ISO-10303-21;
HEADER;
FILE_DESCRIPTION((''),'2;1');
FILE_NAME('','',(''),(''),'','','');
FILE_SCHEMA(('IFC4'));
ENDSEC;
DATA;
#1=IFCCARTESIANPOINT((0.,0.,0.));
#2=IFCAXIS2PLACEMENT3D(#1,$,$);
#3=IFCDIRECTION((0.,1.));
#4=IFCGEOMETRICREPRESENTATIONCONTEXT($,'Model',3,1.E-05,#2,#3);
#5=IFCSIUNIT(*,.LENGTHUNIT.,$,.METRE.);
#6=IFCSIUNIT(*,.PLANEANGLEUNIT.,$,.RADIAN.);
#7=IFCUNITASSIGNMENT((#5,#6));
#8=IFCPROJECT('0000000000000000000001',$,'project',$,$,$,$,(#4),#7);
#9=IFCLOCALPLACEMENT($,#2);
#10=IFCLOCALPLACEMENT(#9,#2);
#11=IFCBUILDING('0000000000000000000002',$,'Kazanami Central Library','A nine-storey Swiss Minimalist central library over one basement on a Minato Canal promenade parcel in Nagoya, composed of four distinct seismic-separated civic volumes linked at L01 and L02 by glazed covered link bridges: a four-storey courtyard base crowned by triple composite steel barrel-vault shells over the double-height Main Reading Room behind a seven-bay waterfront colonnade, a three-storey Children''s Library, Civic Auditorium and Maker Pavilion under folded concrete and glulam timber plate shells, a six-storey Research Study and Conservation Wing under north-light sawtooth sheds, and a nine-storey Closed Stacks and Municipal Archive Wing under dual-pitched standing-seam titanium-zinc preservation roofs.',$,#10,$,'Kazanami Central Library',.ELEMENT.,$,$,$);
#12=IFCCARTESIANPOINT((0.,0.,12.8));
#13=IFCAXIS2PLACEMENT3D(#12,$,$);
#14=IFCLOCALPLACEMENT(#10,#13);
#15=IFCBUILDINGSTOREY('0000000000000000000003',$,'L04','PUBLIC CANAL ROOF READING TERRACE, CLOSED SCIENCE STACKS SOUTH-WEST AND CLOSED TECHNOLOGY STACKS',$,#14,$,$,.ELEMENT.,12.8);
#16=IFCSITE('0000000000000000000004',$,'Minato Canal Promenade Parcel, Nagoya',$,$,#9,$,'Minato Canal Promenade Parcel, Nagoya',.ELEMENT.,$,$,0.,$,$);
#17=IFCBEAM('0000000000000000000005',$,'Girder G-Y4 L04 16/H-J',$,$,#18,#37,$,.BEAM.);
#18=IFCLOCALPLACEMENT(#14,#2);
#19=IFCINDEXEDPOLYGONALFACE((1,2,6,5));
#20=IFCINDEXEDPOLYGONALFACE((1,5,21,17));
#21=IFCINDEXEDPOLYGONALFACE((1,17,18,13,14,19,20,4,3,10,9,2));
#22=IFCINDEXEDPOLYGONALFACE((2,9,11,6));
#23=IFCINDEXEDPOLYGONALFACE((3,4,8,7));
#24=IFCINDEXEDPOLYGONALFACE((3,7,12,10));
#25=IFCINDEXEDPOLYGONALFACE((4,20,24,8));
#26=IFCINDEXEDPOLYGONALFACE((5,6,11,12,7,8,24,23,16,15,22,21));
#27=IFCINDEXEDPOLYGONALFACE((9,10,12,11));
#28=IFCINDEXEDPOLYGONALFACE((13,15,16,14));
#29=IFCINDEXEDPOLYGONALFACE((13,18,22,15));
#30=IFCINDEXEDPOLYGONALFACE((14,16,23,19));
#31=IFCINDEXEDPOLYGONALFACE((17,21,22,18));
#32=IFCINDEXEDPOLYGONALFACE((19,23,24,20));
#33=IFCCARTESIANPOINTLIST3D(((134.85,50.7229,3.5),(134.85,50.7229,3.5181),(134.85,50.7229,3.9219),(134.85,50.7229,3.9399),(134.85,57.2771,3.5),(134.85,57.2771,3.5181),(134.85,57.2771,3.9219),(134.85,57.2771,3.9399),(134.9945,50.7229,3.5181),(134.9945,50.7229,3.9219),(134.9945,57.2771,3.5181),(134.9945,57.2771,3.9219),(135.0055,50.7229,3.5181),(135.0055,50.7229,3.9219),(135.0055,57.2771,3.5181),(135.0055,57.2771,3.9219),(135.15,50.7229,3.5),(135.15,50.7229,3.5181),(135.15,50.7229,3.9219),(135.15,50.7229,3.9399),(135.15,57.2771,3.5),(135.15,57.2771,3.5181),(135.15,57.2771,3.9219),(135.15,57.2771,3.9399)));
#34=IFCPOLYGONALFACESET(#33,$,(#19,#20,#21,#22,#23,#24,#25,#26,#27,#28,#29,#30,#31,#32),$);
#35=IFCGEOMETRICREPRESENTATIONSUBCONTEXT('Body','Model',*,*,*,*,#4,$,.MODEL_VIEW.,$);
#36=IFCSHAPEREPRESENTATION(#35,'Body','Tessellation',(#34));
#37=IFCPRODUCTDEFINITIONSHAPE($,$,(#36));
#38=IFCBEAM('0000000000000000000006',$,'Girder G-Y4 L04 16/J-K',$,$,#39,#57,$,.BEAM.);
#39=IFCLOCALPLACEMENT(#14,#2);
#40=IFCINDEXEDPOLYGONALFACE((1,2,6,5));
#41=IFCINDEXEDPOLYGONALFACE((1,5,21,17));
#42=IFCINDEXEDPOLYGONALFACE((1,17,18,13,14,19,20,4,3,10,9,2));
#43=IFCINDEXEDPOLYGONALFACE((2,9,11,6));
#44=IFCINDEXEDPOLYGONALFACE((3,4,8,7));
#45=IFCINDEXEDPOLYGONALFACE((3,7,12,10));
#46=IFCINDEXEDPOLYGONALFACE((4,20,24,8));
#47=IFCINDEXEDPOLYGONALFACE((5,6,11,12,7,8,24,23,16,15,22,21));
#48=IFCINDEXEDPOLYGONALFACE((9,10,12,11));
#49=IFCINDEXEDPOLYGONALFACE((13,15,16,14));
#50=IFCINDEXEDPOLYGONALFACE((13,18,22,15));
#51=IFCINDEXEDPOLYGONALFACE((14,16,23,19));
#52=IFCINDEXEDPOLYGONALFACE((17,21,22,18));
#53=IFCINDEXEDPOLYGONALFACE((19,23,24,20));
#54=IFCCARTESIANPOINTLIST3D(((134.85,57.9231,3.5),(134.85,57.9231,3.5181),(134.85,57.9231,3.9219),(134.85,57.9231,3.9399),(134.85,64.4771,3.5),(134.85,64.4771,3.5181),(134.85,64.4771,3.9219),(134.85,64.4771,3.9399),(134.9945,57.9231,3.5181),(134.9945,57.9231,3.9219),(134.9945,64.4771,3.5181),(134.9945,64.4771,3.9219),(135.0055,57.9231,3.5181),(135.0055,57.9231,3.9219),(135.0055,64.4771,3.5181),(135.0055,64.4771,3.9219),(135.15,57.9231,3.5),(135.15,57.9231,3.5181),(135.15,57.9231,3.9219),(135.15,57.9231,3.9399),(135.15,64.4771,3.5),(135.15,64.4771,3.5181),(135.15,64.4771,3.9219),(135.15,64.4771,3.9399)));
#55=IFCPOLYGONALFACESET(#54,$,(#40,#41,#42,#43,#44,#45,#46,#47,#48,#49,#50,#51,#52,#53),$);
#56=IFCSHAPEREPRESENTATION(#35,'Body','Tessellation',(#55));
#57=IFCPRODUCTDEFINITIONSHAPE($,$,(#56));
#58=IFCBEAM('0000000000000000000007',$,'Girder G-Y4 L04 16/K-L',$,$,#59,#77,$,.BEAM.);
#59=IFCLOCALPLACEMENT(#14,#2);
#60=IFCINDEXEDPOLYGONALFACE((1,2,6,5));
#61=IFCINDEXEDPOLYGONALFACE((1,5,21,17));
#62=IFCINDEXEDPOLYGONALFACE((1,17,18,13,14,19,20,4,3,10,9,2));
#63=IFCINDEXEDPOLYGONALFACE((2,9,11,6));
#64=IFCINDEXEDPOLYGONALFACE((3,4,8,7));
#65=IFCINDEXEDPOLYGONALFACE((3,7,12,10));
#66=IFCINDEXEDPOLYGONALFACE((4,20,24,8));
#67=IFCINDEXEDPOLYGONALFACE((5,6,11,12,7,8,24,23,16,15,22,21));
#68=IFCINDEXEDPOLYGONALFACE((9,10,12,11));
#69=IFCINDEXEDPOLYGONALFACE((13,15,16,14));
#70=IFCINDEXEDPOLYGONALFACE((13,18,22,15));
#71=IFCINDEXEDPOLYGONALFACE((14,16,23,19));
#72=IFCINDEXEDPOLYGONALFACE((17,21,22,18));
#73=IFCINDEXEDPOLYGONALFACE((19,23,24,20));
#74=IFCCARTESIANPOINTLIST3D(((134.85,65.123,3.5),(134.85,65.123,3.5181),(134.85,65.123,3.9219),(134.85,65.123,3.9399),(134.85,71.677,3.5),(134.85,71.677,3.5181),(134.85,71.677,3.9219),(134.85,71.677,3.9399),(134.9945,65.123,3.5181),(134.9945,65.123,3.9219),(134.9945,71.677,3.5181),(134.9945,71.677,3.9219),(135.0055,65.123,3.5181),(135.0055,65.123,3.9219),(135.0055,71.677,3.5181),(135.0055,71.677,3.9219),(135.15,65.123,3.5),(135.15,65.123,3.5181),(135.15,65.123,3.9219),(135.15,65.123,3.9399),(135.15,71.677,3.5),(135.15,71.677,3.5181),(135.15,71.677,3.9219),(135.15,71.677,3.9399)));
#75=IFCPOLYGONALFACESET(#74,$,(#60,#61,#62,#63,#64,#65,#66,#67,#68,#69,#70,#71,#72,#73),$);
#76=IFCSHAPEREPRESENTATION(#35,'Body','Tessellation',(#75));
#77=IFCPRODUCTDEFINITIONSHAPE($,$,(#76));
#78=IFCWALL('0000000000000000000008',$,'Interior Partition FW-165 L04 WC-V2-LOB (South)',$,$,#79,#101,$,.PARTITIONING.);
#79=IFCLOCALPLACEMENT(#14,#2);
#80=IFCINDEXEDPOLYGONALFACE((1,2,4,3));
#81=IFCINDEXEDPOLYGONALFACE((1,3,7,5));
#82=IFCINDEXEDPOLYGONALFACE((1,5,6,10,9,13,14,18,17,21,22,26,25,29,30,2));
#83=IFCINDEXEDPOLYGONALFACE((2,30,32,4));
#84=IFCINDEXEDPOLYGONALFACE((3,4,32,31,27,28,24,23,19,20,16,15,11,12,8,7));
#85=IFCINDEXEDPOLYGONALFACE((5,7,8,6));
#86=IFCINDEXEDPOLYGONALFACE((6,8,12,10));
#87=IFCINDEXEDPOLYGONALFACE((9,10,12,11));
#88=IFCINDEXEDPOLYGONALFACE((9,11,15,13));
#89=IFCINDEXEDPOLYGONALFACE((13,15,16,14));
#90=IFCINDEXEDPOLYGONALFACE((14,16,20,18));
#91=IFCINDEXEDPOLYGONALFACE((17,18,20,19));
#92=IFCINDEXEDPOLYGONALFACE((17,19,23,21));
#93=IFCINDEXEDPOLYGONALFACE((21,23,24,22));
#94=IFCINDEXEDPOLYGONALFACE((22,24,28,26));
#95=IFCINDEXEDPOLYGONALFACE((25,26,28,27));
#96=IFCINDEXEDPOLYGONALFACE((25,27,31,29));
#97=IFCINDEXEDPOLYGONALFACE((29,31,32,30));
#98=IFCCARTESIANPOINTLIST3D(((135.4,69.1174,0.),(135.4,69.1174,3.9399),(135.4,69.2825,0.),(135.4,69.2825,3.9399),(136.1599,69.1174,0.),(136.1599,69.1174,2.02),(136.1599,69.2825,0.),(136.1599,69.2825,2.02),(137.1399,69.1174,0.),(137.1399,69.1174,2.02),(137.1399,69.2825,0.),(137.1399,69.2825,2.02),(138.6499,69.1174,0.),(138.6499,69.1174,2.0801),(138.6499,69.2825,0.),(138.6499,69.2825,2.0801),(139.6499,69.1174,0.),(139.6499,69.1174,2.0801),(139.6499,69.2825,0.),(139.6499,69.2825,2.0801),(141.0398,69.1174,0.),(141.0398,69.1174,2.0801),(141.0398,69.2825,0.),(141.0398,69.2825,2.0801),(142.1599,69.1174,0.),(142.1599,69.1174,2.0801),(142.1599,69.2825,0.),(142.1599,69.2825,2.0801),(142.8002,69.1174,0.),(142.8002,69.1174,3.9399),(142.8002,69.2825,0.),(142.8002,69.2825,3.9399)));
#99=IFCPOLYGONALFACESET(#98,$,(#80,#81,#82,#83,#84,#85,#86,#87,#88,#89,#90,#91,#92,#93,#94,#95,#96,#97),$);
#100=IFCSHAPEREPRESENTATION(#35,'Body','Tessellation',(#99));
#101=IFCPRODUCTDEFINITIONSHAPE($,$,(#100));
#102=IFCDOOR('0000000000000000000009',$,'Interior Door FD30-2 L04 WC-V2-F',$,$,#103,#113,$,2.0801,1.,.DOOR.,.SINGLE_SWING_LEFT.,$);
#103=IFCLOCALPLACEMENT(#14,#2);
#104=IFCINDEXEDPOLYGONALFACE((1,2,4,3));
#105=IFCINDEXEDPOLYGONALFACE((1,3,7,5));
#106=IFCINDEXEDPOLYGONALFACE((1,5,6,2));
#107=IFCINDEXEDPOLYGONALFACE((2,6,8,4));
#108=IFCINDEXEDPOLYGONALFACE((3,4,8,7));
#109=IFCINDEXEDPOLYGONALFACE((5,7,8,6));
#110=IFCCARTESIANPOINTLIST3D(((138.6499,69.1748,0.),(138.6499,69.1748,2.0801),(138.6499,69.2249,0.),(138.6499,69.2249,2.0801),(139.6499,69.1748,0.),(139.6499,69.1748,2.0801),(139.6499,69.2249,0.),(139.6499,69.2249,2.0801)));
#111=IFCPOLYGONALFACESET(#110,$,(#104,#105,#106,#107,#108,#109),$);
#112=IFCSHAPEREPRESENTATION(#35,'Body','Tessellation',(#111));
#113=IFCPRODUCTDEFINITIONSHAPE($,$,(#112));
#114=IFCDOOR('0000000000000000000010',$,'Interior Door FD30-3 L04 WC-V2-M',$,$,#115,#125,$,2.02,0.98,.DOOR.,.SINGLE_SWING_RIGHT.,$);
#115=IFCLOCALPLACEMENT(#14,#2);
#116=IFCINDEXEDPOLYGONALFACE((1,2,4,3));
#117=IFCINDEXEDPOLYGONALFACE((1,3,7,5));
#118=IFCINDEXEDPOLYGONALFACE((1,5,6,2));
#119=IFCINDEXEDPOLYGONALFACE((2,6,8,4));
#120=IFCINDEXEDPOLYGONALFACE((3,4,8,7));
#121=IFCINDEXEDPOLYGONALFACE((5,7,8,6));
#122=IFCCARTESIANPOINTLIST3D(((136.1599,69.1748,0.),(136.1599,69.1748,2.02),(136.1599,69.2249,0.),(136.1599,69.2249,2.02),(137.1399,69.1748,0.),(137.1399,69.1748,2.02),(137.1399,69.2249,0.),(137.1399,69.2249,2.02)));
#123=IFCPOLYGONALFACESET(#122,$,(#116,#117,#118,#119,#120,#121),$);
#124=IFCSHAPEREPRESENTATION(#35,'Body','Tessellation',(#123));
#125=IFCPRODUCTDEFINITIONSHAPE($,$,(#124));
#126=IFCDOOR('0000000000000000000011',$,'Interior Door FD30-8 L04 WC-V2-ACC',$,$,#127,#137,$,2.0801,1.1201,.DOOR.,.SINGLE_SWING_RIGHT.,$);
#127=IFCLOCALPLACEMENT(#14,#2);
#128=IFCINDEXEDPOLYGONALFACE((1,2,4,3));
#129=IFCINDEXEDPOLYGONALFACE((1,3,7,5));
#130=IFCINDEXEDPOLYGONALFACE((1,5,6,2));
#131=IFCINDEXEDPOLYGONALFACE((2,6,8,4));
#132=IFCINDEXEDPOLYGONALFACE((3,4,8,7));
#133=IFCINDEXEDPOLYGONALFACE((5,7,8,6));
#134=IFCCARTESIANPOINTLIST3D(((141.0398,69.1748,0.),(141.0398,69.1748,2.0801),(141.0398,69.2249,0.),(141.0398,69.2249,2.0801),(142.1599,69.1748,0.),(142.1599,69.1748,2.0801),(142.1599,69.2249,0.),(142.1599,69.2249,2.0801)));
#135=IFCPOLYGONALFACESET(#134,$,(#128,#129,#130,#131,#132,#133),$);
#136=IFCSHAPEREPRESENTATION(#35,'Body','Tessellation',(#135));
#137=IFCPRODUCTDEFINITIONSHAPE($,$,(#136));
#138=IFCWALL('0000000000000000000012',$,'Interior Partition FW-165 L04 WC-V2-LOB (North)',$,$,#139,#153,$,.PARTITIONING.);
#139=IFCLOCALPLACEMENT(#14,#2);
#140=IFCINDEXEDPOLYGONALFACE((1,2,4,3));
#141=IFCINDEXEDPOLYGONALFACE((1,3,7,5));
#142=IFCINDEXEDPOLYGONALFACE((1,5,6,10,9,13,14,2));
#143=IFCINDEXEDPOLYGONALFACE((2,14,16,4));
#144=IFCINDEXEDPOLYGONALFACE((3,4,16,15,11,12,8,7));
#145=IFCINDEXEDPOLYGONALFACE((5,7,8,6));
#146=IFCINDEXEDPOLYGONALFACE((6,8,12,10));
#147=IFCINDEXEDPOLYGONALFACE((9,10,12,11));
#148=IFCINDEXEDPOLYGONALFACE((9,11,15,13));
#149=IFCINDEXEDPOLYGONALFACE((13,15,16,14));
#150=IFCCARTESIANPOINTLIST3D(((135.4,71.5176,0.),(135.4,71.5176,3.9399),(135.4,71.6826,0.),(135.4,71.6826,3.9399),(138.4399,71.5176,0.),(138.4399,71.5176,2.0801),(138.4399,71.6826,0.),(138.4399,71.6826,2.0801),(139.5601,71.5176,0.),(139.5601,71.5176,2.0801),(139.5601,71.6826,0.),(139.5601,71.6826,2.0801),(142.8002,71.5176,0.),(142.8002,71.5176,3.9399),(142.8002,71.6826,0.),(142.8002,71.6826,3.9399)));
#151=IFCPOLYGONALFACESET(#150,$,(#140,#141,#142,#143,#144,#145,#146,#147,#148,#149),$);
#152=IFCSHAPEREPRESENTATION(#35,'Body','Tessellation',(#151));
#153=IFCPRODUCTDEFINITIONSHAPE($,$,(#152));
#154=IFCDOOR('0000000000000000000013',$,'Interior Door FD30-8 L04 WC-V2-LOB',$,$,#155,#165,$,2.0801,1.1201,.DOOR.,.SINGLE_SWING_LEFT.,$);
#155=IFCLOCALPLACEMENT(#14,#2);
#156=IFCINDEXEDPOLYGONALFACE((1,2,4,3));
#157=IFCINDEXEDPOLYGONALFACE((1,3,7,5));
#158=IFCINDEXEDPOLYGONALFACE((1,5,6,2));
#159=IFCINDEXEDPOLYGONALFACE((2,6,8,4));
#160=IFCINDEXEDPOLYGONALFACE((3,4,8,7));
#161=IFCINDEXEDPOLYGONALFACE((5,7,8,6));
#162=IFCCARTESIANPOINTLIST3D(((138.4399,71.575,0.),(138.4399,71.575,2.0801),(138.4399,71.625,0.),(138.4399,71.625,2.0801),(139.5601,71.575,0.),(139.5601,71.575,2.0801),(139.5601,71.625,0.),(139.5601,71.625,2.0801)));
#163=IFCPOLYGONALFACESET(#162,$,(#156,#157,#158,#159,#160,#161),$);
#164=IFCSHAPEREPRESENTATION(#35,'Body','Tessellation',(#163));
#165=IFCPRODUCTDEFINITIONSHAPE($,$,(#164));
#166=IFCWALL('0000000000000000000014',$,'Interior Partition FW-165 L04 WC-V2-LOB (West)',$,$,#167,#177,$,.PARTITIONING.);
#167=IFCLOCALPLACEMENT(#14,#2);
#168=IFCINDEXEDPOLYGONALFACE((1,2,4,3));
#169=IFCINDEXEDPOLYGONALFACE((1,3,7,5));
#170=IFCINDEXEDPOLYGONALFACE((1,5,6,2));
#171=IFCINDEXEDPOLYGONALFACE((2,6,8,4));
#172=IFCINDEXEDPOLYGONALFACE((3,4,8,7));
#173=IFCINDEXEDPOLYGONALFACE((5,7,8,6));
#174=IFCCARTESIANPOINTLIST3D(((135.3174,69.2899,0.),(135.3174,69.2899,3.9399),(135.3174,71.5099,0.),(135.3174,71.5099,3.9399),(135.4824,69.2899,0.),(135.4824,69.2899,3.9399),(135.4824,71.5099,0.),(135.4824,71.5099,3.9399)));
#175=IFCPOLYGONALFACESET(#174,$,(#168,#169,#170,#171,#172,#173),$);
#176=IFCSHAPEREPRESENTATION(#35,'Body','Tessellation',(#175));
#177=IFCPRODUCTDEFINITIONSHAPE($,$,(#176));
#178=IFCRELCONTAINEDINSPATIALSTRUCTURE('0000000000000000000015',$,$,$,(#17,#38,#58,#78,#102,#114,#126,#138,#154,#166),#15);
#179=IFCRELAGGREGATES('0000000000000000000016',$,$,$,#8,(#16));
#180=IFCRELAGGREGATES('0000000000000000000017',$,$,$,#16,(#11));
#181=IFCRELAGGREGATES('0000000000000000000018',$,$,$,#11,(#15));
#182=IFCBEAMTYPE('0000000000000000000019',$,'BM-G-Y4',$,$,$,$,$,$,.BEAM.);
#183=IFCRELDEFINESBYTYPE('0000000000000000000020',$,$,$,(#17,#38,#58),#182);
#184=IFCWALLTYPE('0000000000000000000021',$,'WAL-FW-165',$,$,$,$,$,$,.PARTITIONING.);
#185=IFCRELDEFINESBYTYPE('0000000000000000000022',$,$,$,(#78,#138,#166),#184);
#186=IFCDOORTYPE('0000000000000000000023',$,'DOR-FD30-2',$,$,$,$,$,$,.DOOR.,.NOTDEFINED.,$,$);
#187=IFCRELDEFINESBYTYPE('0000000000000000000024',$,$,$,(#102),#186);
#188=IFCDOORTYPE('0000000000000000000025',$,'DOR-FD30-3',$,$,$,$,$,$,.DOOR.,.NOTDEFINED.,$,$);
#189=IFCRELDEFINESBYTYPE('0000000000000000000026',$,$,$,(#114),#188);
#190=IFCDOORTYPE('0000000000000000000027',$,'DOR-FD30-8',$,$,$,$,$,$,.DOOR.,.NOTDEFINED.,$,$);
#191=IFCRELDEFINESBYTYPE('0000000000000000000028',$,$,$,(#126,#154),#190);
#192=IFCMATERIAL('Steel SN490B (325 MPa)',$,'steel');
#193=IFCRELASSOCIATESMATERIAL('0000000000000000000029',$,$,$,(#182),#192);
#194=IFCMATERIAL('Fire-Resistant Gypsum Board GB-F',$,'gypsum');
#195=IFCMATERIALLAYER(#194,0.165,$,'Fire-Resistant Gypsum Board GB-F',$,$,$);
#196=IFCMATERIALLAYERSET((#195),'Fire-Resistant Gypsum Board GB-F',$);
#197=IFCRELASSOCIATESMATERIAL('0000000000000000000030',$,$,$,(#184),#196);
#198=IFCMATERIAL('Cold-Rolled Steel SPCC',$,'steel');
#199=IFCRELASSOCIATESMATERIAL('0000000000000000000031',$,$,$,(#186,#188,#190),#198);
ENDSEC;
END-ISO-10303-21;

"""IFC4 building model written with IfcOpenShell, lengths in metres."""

from ifc_helpers import new_model, si_unit, direction, frame, frame_2d, origin, origin_2d, place, context, subcontext, project, spatial, rectangle, i_section, extrude, material, layer, layer_set, material_profile, profile_set, type_object, element, fill, save


model = new_model("IFC4")

# Units and contexts
model_context = context("Model", 3, precision=1e-05, world=origin(), true_north=direction((0.0, 1.0)))
body_context = subcontext(model_context, "Body", "Model", "MODEL_VIEW")
ifc_project = project(units=[si_unit("LENGTHUNIT", "METRE"), si_unit("PLANEANGLEUNIT", "RADIAN")], contexts=[model_context])

# Site, building, storey
site_placement = place(None, origin())
site = spatial("IfcSite", under=ifc_project, at=site_placement, Name="Minato Canal Promenade Parcel, Nagoya", LongName="Minato Canal Promenade Parcel, Nagoya", CompositionType="ELEMENT", RefElevation=0.0)
building_placement = place(site_placement, origin())
building = spatial("IfcBuilding", under=site, at=building_placement, Name="Kazanami Central Library", Description="A nine-storey Swiss Minimalist central library over one basement on a Minato Canal promenade parcel in Nagoya, composed of four distinct seismic-separated civic volumes linked at L01 and L02 by glazed covered link bridges: a four-storey courtyard base crowned by triple composite steel barrel-vault shells over the double-height Main Reading Room behind a seven-bay waterfront colonnade, a three-storey Children's Library, Civic Auditorium and Maker Pavilion under folded concrete and glulam timber plate shells, a six-storey Research Study and Conservation Wing under north-light sawtooth sheds, and a nine-storey Closed Stacks and Municipal Archive Wing under dual-pitched standing-seam titanium-zinc preservation roofs.", LongName="Kazanami Central Library", CompositionType="ELEMENT")
storey_placement = place(building_placement, frame((0.0, 0.0, 12.8)))
storey = spatial("IfcBuildingStorey", under=building, at=storey_placement, Name="L04", Description="PUBLIC CANAL ROOF READING TERRACE, CLOSED SCIENCE STACKS SOUTH-WEST AND CLOSED TECHNOLOGY STACKS", CompositionType="ELEMENT", Elevation=12.8)

# Beams
ifc_material_1 = material(Name="Steel SN490B (325 MPa)", Category="steel")
ifc_material_profile_1 = material_profile(ifc_material_1, i_section(OverallWidth=0.3, OverallDepth=0.4399, WebThickness=0.011, FlangeThickness=0.0181, at=origin_2d()), Name="H-440x300x11x18")
ifc_profile_set_1 = profile_set([ifc_material_profile_1], Name="Steel SN490B (325 MPa)")
beam_type_1 = type_object("IfcBeamType", Name="BM-G-Y4", PredefinedType="BEAM", material=ifc_profile_set_1)
beam_1_placement = place(storey_placement, frame((135.0, 50.7229, 3.72), z_axis=(0.0, 1.0, 0.0), x_axis=(-1.0, 0.0, 0.0)))
element("IfcBeam", 1, at=beam_1_placement, inside=storey, type_object=beam_type_1, Name="Girder G-Y4 L04 16/H-J", PredefinedType="BEAM", context=body_context, shape_type="SweptSolid", body=[
    extrude(i_section(OverallWidth=0.3, OverallDepth=0.4399, WebThickness=0.011, FlangeThickness=0.0181, at=origin_2d()), origin(), (0.0, 0.0, 1.0), 6.5542),
])
for number, where, z_axis, x_axis, name in (
    (2, (135.0, 57.9231, 3.72), (0.0, 1.0, 0.0), (-1.0, 0.0, 0.0), "Girder G-Y4 L04 16/J-K"),
    (3, (135.0, 65.123, 3.72), (0.0, 1.0, 0.0), (-1.0, 0.0, 0.0), "Girder G-Y4 L04 16/K-L"),
):
    element("IfcBeam", number, at=place(storey_placement, frame(where, z_axis=z_axis, x_axis=x_axis)), inside=storey, type_object=beam_type_1, Name=name, PredefinedType="BEAM", context=body_context, shape_type="SweptSolid", body=[
        extrude(i_section(OverallWidth=0.3, OverallDepth=0.4399, WebThickness=0.011, FlangeThickness=0.0181, at=origin_2d()), origin(), (0.0, 0.0, 1.0), 6.554),
    ])

# Wall, openings, doors
ifc_material_2 = material(Name="Fire-Resistant Gypsum Board GB-F", Category="gypsum")
ifc_layer_1 = layer(ifc_material_2, 0.165, Name="Fire-Resistant Gypsum Board GB-F")
ifc_layer_set_1 = layer_set([ifc_layer_1], Name="Fire-Resistant Gypsum Board GB-F")
wall_type_1 = type_object("IfcWallType", Name="WAL-FW-165", PredefinedType="PARTITIONING", material=ifc_layer_set_1)
wall_1_placement = place(storey_placement, frame((135.3999, 69.2, 0.0), z_axis=(0.0, 0.0, 1.0), x_axis=(1.0, 0.0, 0.0)))
wall_1 = element("IfcWall", 4, at=wall_1_placement, inside=storey, type_object=wall_type_1, Name="Interior Partition FW-165 L04 WC-V2-LOB (South)", PredefinedType="PARTITIONING", context=body_context, shape_type="SweptSolid", body=[
    extrude(rectangle(XDim=7.4001, YDim=0.165, at=frame_2d((3.7002, 0.0))), origin(), (0.0, 0.0, 1.0), 3.9399),
])
opening_1_placement = place(wall_1_placement, frame((0.76, 0.0, 0.0)))
opening_1 = element("IfcOpeningElement", 5, at=opening_1_placement, cuts=wall_1, PredefinedType="OPENING", context=body_context, shape_type="SweptSolid", body=[
    extrude(rectangle(XDim=0.98, YDim=2.02, at=frame_2d((0.49, 1.01))), frame((0.0, 0.0945, 0.0), z_axis=(0.0, -1.0, 0.0), x_axis=(1.0, 0.0, 0.0)), (0.0, 0.0, 1.0), 0.189),
])
opening_2_placement = place(wall_1_placement, frame((3.25, 0.0, 0.0)))
opening_2 = element("IfcOpeningElement", 6, at=opening_2_placement, cuts=wall_1, PredefinedType="OPENING", context=body_context, shape_type="SweptSolid", body=[
    extrude(rectangle(XDim=1.0, YDim=2.0801, at=frame_2d((0.5, 1.04))), frame((0.0, 0.0945, 0.0), z_axis=(0.0, -1.0, 0.0), x_axis=(1.0, 0.0, 0.0)), (0.0, 0.0, 1.0), 0.189),
])
opening_3_placement = place(wall_1_placement, frame((5.6399, 0.0, 0.0)))
opening_3 = element("IfcOpeningElement", 7, at=opening_3_placement, cuts=wall_1, PredefinedType="OPENING", context=body_context, shape_type="SweptSolid", body=[
    extrude(rectangle(XDim=1.1201, YDim=2.0801, at=frame_2d((0.5601, 1.04))), frame((0.0, 0.0945, 0.0), z_axis=(0.0, -1.0, 0.0), x_axis=(1.0, 0.0, 0.0)), (0.0, 0.0, 1.0), 0.189),
])
ifc_material_3 = material(Name="Cold-Rolled Steel SPCC", Category="steel")
door_type_1 = type_object("IfcDoorType", Name="DOR-FD30-2", OperationType="NOTDEFINED", PredefinedType="DOOR", material=ifc_material_3)
door_1_placement = place(opening_2_placement, origin())
door_1 = element("IfcDoor", 8, at=door_1_placement, inside=storey, type_object=door_type_1, Name="Interior Door FD30-2 L04 WC-V2-F", OperationType="SINGLE_SWING_LEFT", OverallHeight=2.0801, OverallWidth=1.0, PredefinedType="DOOR", context=body_context, shape_type="SweptSolid", body=[
    extrude(rectangle(XDim=1.0, YDim=2.0801, at=frame_2d((0.5, 1.04))), frame((0.0, 0.0249, 0.0), z_axis=(0.0, -1.0, 0.0), x_axis=(1.0, 0.0, 0.0)), (0.0, 0.0, 1.0), 0.05),
])
fill(opening_2, door_1)
door_type_2 = type_object("IfcDoorType", Name="DOR-FD30-3", OperationType="NOTDEFINED", PredefinedType="DOOR", material=ifc_material_3)
door_2_placement = place(opening_1_placement, origin())
door_2 = element("IfcDoor", 9, at=door_2_placement, inside=storey, type_object=door_type_2, Name="Interior Door FD30-3 L04 WC-V2-M", OperationType="SINGLE_SWING_RIGHT", OverallHeight=2.02, OverallWidth=0.98, PredefinedType="DOOR", context=body_context, shape_type="SweptSolid", body=[
    extrude(rectangle(XDim=0.98, YDim=2.02, at=frame_2d((0.49, 1.01))), frame((0.0, 0.0249, 0.0), z_axis=(0.0, -1.0, 0.0), x_axis=(1.0, 0.0, 0.0)), (0.0, 0.0, 1.0), 0.05),
])
fill(opening_1, door_2)
door_type_3 = type_object("IfcDoorType", Name="DOR-FD30-8", OperationType="NOTDEFINED", PredefinedType="DOOR", material=ifc_material_3)
door_3_placement = place(opening_3_placement, origin())
door_3 = element("IfcDoor", 10, at=door_3_placement, inside=storey, type_object=door_type_3, Name="Interior Door FD30-8 L04 WC-V2-ACC", OperationType="SINGLE_SWING_RIGHT", OverallHeight=2.0801, OverallWidth=1.1201, PredefinedType="DOOR", context=body_context, shape_type="SweptSolid", body=[
    extrude(rectangle(XDim=1.1201, YDim=2.0801, at=frame_2d((0.5601, 1.04))), frame((0.0, 0.0249, 0.0), z_axis=(0.0, -1.0, 0.0), x_axis=(1.0, 0.0, 0.0)), (0.0, 0.0, 1.0), 0.05),
])
fill(opening_3, door_3)

# Wall, opening, door
wall_2_placement = place(storey_placement, frame((135.3999, 71.6001, 0.0), z_axis=(0.0, 0.0, 1.0), x_axis=(1.0, 0.0, 0.0)))
wall_2 = element("IfcWall", 11, at=wall_2_placement, inside=storey, type_object=wall_type_1, Name="Interior Partition FW-165 L04 WC-V2-LOB (North)", PredefinedType="PARTITIONING", context=body_context, shape_type="SweptSolid", body=[
    extrude(rectangle(XDim=7.4001, YDim=0.165, at=frame_2d((3.7002, 0.0))), origin(), (0.0, 0.0, 1.0), 3.9399),
])
opening_4_placement = place(wall_2_placement, frame((3.04, 0.0, 0.0)))
opening_4 = element("IfcOpeningElement", 12, at=opening_4_placement, cuts=wall_2, PredefinedType="OPENING", context=body_context, shape_type="SweptSolid", body=[
    extrude(rectangle(XDim=1.1201, YDim=2.0801, at=frame_2d((0.5601, 1.04))), frame((0.0, 0.0945, 0.0), z_axis=(0.0, -1.0, 0.0), x_axis=(1.0, 0.0, 0.0)), (0.0, 0.0, 1.0), 0.189),
])
door_4_placement = place(opening_4_placement, origin())
door_4 = element("IfcDoor", 13, at=door_4_placement, inside=storey, type_object=door_type_3, Name="Interior Door FD30-8 L04 WC-V2-LOB", OperationType="SINGLE_SWING_LEFT", OverallHeight=2.0801, OverallWidth=1.1201, PredefinedType="DOOR", context=body_context, shape_type="SweptSolid", body=[
    extrude(rectangle(XDim=1.1201, YDim=2.0801, at=frame_2d((0.5601, 1.04))), frame((0.0, 0.0249, 0.0), z_axis=(0.0, -1.0, 0.0), x_axis=(1.0, 0.0, 0.0)), (0.0, 0.0, 1.0), 0.05),
])
fill(opening_4, door_4)

# Wall
for number, where, z_axis, x_axis, name in (
    (14, (135.3999, 69.29, 0.0), (0.0, 0.0, 1.0), (0.0, 1.0, 0.0), "Interior Partition FW-165 L04 WC-V2-LOB (West)"),
):
    element("IfcWall", number, at=place(storey_placement, frame(where, z_axis=z_axis, x_axis=x_axis)), inside=storey, type_object=wall_type_1, Name=name, PredefinedType="PARTITIONING", context=body_context, shape_type="SweptSolid", body=[
        extrude(rectangle(XDim=2.22, YDim=0.165, at=frame_2d((1.1099, 0.0))), origin(), (0.0, 0.0, 1.0), 3.9399),
    ])

save(model, "model.ifc")
